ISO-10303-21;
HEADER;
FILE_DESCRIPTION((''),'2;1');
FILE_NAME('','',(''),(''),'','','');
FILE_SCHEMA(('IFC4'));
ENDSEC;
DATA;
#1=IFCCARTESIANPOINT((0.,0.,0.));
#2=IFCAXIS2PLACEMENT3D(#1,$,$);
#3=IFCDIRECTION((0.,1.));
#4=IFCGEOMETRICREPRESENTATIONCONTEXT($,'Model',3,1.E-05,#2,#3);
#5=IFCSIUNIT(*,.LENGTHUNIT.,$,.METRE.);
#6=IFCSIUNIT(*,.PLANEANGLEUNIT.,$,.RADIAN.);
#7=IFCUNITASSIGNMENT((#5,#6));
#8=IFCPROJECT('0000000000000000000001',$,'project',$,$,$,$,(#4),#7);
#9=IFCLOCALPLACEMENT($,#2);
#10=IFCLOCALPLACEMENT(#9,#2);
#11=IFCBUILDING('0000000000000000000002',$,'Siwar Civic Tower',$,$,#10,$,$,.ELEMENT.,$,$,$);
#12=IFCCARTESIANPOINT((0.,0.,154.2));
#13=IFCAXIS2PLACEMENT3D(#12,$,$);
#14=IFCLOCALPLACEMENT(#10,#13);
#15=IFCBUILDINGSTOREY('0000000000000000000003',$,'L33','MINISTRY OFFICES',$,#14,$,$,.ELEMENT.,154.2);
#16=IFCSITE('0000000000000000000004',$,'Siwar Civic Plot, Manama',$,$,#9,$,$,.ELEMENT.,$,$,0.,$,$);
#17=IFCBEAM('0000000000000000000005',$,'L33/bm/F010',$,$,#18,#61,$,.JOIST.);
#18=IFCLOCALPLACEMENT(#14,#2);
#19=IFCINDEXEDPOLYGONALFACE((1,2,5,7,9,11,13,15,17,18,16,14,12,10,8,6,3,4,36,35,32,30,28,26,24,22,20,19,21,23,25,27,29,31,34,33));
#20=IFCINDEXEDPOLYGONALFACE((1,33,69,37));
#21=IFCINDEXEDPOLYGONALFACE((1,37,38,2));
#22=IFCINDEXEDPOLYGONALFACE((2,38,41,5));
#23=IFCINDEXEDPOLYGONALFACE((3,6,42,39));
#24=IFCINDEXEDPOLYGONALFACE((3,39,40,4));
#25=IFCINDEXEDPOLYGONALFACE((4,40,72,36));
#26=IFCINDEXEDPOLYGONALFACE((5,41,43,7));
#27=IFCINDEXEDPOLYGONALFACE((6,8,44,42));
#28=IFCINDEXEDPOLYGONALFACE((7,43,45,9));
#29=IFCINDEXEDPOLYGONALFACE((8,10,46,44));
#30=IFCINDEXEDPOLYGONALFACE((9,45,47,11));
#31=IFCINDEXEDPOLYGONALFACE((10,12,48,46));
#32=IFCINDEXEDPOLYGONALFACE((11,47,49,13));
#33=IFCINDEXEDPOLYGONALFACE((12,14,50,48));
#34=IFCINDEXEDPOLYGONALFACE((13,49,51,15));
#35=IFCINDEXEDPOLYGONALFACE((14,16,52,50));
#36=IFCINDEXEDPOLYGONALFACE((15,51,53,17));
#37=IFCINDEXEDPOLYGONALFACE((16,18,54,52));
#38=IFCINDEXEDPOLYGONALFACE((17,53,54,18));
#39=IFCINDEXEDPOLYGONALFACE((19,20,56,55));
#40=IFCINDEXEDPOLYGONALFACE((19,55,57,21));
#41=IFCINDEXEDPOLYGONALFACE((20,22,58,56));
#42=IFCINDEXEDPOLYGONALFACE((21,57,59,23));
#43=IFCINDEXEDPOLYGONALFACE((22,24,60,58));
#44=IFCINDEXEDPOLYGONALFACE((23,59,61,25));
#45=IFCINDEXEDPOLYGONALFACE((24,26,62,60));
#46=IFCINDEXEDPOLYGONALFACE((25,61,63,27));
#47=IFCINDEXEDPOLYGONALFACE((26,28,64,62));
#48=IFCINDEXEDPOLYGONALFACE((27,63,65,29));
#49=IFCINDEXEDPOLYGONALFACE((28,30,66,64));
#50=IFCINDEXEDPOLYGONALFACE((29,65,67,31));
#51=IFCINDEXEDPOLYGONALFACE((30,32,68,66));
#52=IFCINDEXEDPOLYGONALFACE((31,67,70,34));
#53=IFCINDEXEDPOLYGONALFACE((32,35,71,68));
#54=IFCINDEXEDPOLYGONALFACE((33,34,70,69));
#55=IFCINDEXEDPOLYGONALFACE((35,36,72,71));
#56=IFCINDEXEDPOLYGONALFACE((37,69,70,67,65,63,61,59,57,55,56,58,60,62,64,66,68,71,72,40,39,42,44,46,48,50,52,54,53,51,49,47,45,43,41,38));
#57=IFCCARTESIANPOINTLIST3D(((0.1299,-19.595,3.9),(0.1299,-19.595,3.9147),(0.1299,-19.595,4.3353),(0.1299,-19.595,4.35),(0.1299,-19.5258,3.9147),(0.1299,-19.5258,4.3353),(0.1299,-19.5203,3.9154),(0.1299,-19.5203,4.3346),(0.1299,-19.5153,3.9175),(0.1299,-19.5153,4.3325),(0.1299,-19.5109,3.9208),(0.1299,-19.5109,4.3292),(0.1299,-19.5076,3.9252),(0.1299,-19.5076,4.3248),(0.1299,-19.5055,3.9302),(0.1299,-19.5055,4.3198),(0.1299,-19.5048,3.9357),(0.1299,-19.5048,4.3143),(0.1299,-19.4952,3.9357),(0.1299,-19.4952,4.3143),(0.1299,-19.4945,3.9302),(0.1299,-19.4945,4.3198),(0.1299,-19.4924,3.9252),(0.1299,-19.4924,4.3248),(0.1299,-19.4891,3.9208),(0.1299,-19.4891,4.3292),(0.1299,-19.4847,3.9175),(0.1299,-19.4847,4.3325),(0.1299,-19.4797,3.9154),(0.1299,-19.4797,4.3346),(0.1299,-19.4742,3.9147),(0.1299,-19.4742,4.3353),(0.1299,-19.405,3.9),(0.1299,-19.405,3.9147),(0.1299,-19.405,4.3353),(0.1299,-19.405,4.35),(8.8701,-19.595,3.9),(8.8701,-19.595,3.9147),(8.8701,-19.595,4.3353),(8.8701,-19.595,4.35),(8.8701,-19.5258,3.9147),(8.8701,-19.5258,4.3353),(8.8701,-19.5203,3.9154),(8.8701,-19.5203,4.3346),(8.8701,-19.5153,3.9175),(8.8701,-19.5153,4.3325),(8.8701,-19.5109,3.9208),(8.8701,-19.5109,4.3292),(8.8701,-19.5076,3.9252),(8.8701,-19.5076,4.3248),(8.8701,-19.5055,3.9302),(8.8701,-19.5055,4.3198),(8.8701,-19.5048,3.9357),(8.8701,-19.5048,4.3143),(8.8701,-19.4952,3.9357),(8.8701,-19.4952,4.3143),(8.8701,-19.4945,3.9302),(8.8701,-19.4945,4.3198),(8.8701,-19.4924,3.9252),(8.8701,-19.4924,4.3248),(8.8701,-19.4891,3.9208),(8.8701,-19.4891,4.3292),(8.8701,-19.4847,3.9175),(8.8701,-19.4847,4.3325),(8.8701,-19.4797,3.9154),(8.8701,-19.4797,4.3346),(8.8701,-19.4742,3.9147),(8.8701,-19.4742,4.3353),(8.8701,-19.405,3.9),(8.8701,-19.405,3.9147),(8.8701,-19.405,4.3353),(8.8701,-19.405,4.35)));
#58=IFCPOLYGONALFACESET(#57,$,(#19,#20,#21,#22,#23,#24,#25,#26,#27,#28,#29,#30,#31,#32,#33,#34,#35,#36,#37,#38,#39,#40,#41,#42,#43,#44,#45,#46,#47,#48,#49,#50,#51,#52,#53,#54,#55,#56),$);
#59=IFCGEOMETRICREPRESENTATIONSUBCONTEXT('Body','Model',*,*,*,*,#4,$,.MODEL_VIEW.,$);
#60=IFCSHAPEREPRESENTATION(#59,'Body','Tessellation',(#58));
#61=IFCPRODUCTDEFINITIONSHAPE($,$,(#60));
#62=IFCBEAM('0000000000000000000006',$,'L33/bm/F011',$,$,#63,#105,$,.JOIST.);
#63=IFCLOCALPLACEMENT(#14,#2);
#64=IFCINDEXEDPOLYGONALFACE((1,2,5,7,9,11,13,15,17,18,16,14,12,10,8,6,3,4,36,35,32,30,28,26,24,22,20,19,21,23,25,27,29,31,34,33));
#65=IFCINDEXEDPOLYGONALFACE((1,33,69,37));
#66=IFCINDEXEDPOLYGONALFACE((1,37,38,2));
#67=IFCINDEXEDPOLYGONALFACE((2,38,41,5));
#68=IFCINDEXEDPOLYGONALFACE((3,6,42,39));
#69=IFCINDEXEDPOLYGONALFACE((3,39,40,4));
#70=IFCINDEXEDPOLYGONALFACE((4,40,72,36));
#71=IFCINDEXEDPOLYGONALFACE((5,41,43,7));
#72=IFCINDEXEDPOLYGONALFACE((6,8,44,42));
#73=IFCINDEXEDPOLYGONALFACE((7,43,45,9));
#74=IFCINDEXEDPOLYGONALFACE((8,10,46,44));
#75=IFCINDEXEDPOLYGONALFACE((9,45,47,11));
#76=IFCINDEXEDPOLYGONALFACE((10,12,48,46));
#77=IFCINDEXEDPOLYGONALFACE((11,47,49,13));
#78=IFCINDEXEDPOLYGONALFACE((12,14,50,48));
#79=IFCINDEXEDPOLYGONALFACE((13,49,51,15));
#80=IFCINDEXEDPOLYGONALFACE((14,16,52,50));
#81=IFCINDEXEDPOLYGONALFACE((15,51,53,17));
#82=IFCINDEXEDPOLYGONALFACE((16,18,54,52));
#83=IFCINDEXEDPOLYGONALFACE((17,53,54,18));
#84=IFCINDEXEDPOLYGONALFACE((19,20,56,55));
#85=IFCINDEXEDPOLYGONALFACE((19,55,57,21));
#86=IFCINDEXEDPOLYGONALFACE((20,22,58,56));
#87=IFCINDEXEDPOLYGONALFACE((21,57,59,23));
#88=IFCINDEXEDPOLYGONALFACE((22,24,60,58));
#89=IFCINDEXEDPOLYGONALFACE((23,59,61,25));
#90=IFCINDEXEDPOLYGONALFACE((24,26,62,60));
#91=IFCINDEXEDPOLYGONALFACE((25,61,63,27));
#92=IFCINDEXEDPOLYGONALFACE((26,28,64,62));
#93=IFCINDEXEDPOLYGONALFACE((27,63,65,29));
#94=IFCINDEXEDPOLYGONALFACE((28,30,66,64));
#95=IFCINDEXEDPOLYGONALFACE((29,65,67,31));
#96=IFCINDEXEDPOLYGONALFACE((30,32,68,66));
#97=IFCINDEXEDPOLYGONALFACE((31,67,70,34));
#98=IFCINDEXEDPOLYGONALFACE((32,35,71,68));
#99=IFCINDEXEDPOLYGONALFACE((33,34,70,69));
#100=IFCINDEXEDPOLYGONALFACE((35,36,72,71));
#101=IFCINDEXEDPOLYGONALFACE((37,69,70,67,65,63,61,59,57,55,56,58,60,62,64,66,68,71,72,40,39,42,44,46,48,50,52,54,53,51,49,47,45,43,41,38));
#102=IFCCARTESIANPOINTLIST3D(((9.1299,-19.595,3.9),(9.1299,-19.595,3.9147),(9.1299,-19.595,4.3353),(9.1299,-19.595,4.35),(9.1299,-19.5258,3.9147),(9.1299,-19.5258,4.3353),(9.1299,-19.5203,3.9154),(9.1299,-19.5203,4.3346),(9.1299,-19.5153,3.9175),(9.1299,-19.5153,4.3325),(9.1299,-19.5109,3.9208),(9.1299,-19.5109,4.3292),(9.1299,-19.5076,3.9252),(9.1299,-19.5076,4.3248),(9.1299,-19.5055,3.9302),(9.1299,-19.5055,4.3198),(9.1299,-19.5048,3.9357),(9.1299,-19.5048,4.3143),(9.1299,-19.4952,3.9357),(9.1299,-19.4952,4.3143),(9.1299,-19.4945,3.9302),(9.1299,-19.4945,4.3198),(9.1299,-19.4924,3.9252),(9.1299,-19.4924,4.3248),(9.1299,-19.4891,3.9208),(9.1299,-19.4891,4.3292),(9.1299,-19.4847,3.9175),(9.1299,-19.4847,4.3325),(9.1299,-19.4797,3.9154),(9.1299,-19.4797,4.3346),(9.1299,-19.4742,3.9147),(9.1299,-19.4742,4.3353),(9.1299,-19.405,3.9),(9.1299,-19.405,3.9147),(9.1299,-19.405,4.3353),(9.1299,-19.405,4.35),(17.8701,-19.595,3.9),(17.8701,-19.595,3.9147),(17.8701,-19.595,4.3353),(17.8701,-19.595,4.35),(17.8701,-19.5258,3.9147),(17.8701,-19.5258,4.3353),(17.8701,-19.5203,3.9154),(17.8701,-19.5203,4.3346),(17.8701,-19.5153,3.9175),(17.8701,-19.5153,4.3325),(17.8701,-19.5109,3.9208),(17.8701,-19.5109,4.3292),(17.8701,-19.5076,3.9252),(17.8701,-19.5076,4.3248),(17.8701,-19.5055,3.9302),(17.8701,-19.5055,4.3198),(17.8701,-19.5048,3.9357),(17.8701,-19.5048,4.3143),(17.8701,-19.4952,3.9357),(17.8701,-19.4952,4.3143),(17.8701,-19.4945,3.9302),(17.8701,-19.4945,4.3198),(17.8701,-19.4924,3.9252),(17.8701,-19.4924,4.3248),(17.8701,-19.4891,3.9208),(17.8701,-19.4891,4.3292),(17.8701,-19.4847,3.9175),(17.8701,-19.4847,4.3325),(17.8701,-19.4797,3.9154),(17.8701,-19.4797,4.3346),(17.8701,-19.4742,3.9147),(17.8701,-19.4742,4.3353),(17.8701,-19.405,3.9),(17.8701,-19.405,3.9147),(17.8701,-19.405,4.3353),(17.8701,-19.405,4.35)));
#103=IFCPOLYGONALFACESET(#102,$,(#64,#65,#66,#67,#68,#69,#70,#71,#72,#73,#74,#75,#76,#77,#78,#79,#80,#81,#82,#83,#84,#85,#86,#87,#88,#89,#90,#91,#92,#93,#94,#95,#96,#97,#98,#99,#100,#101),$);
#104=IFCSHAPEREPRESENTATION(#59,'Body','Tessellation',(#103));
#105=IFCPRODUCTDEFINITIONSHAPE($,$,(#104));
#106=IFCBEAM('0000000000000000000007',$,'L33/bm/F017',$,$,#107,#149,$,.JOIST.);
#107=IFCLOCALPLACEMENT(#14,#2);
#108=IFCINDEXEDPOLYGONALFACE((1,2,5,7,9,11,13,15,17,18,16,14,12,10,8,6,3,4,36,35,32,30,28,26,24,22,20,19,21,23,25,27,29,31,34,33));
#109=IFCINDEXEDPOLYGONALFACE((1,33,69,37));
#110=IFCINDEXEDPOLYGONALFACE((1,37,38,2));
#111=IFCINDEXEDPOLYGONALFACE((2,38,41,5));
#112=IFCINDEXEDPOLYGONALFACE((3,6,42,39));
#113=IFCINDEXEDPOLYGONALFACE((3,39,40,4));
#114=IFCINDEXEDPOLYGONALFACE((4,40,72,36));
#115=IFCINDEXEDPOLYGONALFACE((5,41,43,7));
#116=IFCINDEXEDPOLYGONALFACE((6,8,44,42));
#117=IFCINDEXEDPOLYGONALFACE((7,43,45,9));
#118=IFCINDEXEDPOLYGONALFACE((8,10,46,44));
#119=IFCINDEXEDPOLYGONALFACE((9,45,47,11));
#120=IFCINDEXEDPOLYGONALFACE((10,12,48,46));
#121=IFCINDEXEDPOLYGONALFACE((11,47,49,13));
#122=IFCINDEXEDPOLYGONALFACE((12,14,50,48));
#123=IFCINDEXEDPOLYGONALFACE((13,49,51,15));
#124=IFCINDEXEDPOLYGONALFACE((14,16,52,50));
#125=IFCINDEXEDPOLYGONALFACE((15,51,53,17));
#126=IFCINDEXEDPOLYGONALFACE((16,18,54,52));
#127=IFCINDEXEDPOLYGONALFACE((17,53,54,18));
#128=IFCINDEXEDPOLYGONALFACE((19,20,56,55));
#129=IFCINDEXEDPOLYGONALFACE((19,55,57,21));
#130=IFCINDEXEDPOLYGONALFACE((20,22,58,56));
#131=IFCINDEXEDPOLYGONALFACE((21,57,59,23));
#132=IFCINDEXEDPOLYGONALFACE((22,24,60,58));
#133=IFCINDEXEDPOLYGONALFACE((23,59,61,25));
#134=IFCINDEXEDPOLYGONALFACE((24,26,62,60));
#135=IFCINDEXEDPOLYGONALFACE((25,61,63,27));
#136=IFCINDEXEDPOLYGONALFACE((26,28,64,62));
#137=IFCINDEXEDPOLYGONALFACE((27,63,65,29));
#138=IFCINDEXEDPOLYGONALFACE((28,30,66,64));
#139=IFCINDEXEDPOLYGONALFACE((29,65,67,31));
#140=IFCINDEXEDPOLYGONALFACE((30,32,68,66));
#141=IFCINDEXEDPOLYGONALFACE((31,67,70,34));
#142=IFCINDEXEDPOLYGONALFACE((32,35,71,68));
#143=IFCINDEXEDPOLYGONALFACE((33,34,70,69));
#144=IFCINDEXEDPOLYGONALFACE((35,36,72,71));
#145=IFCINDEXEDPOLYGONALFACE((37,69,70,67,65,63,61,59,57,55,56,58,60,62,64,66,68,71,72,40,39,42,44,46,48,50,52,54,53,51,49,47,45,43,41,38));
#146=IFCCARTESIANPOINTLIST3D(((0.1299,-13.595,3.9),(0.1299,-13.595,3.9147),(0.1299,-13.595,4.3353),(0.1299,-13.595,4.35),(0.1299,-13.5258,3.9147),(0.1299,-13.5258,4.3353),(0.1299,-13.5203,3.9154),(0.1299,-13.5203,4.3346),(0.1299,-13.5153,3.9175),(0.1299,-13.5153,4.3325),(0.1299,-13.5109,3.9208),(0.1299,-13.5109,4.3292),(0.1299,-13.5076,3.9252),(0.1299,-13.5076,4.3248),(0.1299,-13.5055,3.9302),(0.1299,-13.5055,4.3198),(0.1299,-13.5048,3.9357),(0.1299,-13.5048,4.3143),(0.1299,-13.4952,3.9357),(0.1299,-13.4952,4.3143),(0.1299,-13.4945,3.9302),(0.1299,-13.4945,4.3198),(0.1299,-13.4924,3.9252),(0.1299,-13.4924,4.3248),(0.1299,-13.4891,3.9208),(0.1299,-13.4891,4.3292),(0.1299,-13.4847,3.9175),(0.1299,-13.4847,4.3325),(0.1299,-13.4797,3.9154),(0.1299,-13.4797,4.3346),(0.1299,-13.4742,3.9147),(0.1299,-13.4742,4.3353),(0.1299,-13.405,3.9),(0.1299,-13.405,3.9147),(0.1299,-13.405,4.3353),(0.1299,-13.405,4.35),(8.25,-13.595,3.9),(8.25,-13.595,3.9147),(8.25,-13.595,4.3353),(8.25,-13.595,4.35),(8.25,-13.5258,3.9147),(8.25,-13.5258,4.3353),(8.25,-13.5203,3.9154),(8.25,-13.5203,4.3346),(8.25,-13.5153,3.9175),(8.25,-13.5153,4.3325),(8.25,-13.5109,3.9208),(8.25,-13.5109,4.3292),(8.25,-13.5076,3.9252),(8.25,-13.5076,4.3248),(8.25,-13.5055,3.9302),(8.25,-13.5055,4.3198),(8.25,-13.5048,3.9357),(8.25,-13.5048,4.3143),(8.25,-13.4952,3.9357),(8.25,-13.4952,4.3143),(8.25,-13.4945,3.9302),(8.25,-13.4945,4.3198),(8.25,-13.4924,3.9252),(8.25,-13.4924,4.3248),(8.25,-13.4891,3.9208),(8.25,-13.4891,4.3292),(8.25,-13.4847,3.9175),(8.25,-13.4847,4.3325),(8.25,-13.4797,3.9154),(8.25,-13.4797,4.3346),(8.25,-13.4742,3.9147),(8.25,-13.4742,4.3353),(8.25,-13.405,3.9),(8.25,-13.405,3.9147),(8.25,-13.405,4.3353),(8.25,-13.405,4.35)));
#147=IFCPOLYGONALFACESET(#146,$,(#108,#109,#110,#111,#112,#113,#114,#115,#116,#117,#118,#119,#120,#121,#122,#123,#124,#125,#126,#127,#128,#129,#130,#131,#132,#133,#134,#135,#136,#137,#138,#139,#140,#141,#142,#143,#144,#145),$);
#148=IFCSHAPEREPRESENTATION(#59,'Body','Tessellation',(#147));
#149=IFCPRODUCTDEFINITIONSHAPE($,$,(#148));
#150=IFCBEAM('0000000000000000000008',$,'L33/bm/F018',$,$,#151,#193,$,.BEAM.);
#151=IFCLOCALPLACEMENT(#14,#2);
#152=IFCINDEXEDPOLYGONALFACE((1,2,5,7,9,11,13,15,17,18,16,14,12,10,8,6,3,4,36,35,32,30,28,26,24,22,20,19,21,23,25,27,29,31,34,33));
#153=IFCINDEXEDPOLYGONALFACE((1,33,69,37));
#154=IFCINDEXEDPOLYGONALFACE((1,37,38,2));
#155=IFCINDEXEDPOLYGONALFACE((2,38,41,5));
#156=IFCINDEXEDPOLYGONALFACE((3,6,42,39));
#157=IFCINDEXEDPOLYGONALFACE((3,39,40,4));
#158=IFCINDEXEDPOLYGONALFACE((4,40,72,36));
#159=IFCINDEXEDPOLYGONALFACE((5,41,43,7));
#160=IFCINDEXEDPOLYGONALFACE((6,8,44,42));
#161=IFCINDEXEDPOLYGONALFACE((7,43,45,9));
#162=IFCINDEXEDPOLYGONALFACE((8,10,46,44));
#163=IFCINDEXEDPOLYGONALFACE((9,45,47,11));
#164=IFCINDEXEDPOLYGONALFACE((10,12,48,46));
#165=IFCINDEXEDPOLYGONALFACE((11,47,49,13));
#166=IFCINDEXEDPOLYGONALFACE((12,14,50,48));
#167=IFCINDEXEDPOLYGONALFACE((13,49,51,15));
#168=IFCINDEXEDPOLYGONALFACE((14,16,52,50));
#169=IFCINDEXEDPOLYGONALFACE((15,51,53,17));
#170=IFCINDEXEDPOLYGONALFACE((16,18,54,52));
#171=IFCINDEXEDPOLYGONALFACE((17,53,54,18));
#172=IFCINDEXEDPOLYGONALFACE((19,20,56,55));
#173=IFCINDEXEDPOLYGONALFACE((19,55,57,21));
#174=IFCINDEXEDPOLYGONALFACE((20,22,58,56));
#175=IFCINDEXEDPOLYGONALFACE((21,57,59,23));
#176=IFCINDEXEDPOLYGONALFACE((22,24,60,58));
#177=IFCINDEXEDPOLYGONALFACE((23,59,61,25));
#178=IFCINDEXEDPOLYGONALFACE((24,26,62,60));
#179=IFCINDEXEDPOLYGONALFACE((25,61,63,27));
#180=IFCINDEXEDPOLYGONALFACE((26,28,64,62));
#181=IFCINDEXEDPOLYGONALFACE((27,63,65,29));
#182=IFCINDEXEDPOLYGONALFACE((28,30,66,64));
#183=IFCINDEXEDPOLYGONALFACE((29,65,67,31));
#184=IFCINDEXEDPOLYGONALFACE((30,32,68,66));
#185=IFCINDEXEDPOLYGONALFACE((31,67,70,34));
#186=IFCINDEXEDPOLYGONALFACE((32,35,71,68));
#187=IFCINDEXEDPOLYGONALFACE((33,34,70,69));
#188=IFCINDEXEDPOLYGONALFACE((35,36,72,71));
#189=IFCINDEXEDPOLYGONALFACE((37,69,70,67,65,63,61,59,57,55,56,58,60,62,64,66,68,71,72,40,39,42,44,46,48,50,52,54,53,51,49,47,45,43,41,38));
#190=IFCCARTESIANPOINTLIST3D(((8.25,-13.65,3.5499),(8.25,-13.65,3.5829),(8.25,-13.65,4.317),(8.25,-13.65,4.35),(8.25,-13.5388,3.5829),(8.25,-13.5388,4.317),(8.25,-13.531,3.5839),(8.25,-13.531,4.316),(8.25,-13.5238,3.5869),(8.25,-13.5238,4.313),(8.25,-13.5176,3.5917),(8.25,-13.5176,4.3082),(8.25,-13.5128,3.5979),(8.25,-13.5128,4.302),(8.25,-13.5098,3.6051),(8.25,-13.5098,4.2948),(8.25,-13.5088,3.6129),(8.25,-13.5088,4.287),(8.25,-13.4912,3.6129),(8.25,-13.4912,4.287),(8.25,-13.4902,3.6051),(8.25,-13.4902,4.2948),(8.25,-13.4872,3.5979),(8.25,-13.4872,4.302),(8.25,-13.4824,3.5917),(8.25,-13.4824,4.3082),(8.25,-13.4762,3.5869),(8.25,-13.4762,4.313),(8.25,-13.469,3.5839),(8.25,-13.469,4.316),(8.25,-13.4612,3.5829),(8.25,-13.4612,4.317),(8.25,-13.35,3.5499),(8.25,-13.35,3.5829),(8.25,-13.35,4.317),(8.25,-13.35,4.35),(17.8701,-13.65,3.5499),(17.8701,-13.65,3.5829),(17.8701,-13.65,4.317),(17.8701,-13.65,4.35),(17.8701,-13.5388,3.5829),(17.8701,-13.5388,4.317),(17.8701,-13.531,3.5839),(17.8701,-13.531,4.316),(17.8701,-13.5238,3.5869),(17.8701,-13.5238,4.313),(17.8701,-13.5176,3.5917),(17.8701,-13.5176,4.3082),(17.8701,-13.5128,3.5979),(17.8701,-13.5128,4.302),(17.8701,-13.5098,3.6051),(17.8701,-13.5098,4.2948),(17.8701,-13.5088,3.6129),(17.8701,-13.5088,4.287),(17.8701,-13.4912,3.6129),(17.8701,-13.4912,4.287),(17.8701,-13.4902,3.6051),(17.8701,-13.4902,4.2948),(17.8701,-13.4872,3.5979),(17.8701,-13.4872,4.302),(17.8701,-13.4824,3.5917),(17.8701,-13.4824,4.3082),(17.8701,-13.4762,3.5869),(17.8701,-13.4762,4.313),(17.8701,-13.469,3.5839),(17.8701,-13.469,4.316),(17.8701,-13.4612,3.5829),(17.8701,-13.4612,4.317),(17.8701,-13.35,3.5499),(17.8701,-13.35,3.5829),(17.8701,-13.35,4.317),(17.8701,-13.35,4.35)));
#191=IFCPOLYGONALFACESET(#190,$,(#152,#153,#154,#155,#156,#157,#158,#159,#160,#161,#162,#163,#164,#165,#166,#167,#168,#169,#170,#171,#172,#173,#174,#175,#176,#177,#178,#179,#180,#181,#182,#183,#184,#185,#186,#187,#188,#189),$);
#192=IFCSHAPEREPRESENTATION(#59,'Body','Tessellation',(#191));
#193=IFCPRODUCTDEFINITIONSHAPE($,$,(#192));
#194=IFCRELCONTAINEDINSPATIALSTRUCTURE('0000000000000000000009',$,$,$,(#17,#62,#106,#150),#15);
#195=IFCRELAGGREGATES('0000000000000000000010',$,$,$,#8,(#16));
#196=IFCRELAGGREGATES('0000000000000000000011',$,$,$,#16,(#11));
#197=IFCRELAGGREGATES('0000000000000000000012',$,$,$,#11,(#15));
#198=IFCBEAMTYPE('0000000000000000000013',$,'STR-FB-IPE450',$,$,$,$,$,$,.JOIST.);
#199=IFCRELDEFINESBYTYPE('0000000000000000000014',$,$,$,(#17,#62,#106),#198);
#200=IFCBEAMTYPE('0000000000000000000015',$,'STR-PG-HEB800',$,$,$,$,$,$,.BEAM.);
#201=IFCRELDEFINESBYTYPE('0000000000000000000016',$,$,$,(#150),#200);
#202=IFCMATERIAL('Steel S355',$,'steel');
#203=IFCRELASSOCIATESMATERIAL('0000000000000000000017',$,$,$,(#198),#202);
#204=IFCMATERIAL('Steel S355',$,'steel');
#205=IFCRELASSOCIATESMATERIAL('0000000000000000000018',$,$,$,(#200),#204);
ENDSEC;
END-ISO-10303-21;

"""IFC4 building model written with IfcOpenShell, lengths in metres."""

from ifc_helpers import new_model, si_unit, direction, frame, origin, origin_2d, place, context, subcontext, project, spatial, i_section, extrude, material, material_profile, profile_set, type_object, element, save


model = new_model("IFC4")

# Units and contexts
model_context = context("Model", 3, precision=1e-05, world=origin(), true_north=direction((0.0, 1.0)))
body_context = subcontext(model_context, "Body", "Model", "MODEL_VIEW")
ifc_project = project(units=[si_unit("LENGTHUNIT", "METRE"), si_unit("PLANEANGLEUNIT", "RADIAN")], contexts=[model_context])

# Site, building, storey
site_placement = place(None, origin())
site = spatial("IfcSite", under=ifc_project, at=site_placement, Name="Siwar Civic Plot, Manama", CompositionType="ELEMENT", RefElevation=0.0)
building_placement = place(site_placement, origin())
building = spatial("IfcBuilding", under=site, at=building_placement, Name="Siwar Civic Tower", CompositionType="ELEMENT")
storey_placement = place(building_placement, frame((0.0, 0.0, 154.2)))
storey = spatial("IfcBuildingStorey", under=building, at=storey_placement, Name="L33", Description="MINISTRY OFFICES", CompositionType="ELEMENT", Elevation=154.2)

# Beams
ifc_material_1 = material(Name="Steel S355", Category="steel")
ifc_material_profile_1 = material_profile(ifc_material_1, i_section(OverallWidth=0.1899, OverallDepth=0.45, WebThickness=0.0095, FlangeThickness=0.0146, FilletRadius=0.021, at=origin_2d()), Name="IPE450")
ifc_profile_set_1 = profile_set([ifc_material_profile_1], Name="Steel S355")
beam_type_1 = type_object("IfcBeamType", Name="STR-FB-IPE450", PredefinedType="JOIST", material=ifc_profile_set_1)
for number, where, z_axis, x_axis, name in (
    (1, (0.1299, -19.5, 4.125), (1.0, 0.0, 0.0), (0.0, 1.0, 0.0), "L33/bm/F010"),
    (2, (9.1299, -19.5, 4.125), (1.0, 0.0, 0.0), (0.0, 1.0, 0.0), "L33/bm/F011"),
):
    element("IfcBeam", number, at=place(storey_placement, frame(where, z_axis=z_axis, x_axis=x_axis)), inside=storey, type_object=beam_type_1, Name=name, PredefinedType="JOIST", context=body_context, shape_type="SweptSolid", body=[
        extrude(i_section(OverallWidth=0.1899, OverallDepth=0.45, WebThickness=0.0095, FlangeThickness=0.0146, FilletRadius=0.021, at=origin_2d()), origin(), (0.0, 0.0, 1.0), 8.7402),
    ])
beam_1_placement = place(storey_placement, frame((0.1299, -13.5, 4.125), z_axis=(1.0, 0.0, 0.0), x_axis=(0.0, 1.0, 0.0)))
element("IfcBeam", 3, at=beam_1_placement, inside=storey, type_object=beam_type_1, Name="L33/bm/F017", PredefinedType="JOIST", context=body_context, shape_type="SweptSolid", body=[
    extrude(i_section(OverallWidth=0.1899, OverallDepth=0.45, WebThickness=0.0095, FlangeThickness=0.0146, FilletRadius=0.021, at=origin_2d()), origin(), (0.0, 0.0, 1.0), 8.1201),
])
ifc_material_2 = material(Name="Steel S355", Category="steel")
ifc_material_profile_2 = material_profile(ifc_material_2, i_section(OverallWidth=0.3, OverallDepth=0.8, WebThickness=0.0176, FlangeThickness=0.033, FilletRadius=0.03, at=origin_2d()), Name="HEB800")
ifc_profile_set_2 = profile_set([ifc_material_profile_2], Name="Steel S355")
beam_type_2 = type_object("IfcBeamType", Name="STR-PG-HEB800", PredefinedType="BEAM", material=ifc_profile_set_2)
beam_2_placement = place(storey_placement, frame((8.25, -13.5, 3.95), z_axis=(1.0, 0.0, 0.0), x_axis=(0.0, 1.0, 0.0)))
element("IfcBeam", 4, at=beam_2_placement, inside=storey, type_object=beam_type_2, Name="L33/bm/F018", PredefinedType="BEAM", context=body_context, shape_type="SweptSolid", body=[
    extrude(i_section(OverallWidth=0.3, OverallDepth=0.8, WebThickness=0.0176, FlangeThickness=0.033, FilletRadius=0.03, at=origin_2d()), origin(), (0.0, 0.0, 1.0), 9.6201),
])

save(model, "model.ifc")
